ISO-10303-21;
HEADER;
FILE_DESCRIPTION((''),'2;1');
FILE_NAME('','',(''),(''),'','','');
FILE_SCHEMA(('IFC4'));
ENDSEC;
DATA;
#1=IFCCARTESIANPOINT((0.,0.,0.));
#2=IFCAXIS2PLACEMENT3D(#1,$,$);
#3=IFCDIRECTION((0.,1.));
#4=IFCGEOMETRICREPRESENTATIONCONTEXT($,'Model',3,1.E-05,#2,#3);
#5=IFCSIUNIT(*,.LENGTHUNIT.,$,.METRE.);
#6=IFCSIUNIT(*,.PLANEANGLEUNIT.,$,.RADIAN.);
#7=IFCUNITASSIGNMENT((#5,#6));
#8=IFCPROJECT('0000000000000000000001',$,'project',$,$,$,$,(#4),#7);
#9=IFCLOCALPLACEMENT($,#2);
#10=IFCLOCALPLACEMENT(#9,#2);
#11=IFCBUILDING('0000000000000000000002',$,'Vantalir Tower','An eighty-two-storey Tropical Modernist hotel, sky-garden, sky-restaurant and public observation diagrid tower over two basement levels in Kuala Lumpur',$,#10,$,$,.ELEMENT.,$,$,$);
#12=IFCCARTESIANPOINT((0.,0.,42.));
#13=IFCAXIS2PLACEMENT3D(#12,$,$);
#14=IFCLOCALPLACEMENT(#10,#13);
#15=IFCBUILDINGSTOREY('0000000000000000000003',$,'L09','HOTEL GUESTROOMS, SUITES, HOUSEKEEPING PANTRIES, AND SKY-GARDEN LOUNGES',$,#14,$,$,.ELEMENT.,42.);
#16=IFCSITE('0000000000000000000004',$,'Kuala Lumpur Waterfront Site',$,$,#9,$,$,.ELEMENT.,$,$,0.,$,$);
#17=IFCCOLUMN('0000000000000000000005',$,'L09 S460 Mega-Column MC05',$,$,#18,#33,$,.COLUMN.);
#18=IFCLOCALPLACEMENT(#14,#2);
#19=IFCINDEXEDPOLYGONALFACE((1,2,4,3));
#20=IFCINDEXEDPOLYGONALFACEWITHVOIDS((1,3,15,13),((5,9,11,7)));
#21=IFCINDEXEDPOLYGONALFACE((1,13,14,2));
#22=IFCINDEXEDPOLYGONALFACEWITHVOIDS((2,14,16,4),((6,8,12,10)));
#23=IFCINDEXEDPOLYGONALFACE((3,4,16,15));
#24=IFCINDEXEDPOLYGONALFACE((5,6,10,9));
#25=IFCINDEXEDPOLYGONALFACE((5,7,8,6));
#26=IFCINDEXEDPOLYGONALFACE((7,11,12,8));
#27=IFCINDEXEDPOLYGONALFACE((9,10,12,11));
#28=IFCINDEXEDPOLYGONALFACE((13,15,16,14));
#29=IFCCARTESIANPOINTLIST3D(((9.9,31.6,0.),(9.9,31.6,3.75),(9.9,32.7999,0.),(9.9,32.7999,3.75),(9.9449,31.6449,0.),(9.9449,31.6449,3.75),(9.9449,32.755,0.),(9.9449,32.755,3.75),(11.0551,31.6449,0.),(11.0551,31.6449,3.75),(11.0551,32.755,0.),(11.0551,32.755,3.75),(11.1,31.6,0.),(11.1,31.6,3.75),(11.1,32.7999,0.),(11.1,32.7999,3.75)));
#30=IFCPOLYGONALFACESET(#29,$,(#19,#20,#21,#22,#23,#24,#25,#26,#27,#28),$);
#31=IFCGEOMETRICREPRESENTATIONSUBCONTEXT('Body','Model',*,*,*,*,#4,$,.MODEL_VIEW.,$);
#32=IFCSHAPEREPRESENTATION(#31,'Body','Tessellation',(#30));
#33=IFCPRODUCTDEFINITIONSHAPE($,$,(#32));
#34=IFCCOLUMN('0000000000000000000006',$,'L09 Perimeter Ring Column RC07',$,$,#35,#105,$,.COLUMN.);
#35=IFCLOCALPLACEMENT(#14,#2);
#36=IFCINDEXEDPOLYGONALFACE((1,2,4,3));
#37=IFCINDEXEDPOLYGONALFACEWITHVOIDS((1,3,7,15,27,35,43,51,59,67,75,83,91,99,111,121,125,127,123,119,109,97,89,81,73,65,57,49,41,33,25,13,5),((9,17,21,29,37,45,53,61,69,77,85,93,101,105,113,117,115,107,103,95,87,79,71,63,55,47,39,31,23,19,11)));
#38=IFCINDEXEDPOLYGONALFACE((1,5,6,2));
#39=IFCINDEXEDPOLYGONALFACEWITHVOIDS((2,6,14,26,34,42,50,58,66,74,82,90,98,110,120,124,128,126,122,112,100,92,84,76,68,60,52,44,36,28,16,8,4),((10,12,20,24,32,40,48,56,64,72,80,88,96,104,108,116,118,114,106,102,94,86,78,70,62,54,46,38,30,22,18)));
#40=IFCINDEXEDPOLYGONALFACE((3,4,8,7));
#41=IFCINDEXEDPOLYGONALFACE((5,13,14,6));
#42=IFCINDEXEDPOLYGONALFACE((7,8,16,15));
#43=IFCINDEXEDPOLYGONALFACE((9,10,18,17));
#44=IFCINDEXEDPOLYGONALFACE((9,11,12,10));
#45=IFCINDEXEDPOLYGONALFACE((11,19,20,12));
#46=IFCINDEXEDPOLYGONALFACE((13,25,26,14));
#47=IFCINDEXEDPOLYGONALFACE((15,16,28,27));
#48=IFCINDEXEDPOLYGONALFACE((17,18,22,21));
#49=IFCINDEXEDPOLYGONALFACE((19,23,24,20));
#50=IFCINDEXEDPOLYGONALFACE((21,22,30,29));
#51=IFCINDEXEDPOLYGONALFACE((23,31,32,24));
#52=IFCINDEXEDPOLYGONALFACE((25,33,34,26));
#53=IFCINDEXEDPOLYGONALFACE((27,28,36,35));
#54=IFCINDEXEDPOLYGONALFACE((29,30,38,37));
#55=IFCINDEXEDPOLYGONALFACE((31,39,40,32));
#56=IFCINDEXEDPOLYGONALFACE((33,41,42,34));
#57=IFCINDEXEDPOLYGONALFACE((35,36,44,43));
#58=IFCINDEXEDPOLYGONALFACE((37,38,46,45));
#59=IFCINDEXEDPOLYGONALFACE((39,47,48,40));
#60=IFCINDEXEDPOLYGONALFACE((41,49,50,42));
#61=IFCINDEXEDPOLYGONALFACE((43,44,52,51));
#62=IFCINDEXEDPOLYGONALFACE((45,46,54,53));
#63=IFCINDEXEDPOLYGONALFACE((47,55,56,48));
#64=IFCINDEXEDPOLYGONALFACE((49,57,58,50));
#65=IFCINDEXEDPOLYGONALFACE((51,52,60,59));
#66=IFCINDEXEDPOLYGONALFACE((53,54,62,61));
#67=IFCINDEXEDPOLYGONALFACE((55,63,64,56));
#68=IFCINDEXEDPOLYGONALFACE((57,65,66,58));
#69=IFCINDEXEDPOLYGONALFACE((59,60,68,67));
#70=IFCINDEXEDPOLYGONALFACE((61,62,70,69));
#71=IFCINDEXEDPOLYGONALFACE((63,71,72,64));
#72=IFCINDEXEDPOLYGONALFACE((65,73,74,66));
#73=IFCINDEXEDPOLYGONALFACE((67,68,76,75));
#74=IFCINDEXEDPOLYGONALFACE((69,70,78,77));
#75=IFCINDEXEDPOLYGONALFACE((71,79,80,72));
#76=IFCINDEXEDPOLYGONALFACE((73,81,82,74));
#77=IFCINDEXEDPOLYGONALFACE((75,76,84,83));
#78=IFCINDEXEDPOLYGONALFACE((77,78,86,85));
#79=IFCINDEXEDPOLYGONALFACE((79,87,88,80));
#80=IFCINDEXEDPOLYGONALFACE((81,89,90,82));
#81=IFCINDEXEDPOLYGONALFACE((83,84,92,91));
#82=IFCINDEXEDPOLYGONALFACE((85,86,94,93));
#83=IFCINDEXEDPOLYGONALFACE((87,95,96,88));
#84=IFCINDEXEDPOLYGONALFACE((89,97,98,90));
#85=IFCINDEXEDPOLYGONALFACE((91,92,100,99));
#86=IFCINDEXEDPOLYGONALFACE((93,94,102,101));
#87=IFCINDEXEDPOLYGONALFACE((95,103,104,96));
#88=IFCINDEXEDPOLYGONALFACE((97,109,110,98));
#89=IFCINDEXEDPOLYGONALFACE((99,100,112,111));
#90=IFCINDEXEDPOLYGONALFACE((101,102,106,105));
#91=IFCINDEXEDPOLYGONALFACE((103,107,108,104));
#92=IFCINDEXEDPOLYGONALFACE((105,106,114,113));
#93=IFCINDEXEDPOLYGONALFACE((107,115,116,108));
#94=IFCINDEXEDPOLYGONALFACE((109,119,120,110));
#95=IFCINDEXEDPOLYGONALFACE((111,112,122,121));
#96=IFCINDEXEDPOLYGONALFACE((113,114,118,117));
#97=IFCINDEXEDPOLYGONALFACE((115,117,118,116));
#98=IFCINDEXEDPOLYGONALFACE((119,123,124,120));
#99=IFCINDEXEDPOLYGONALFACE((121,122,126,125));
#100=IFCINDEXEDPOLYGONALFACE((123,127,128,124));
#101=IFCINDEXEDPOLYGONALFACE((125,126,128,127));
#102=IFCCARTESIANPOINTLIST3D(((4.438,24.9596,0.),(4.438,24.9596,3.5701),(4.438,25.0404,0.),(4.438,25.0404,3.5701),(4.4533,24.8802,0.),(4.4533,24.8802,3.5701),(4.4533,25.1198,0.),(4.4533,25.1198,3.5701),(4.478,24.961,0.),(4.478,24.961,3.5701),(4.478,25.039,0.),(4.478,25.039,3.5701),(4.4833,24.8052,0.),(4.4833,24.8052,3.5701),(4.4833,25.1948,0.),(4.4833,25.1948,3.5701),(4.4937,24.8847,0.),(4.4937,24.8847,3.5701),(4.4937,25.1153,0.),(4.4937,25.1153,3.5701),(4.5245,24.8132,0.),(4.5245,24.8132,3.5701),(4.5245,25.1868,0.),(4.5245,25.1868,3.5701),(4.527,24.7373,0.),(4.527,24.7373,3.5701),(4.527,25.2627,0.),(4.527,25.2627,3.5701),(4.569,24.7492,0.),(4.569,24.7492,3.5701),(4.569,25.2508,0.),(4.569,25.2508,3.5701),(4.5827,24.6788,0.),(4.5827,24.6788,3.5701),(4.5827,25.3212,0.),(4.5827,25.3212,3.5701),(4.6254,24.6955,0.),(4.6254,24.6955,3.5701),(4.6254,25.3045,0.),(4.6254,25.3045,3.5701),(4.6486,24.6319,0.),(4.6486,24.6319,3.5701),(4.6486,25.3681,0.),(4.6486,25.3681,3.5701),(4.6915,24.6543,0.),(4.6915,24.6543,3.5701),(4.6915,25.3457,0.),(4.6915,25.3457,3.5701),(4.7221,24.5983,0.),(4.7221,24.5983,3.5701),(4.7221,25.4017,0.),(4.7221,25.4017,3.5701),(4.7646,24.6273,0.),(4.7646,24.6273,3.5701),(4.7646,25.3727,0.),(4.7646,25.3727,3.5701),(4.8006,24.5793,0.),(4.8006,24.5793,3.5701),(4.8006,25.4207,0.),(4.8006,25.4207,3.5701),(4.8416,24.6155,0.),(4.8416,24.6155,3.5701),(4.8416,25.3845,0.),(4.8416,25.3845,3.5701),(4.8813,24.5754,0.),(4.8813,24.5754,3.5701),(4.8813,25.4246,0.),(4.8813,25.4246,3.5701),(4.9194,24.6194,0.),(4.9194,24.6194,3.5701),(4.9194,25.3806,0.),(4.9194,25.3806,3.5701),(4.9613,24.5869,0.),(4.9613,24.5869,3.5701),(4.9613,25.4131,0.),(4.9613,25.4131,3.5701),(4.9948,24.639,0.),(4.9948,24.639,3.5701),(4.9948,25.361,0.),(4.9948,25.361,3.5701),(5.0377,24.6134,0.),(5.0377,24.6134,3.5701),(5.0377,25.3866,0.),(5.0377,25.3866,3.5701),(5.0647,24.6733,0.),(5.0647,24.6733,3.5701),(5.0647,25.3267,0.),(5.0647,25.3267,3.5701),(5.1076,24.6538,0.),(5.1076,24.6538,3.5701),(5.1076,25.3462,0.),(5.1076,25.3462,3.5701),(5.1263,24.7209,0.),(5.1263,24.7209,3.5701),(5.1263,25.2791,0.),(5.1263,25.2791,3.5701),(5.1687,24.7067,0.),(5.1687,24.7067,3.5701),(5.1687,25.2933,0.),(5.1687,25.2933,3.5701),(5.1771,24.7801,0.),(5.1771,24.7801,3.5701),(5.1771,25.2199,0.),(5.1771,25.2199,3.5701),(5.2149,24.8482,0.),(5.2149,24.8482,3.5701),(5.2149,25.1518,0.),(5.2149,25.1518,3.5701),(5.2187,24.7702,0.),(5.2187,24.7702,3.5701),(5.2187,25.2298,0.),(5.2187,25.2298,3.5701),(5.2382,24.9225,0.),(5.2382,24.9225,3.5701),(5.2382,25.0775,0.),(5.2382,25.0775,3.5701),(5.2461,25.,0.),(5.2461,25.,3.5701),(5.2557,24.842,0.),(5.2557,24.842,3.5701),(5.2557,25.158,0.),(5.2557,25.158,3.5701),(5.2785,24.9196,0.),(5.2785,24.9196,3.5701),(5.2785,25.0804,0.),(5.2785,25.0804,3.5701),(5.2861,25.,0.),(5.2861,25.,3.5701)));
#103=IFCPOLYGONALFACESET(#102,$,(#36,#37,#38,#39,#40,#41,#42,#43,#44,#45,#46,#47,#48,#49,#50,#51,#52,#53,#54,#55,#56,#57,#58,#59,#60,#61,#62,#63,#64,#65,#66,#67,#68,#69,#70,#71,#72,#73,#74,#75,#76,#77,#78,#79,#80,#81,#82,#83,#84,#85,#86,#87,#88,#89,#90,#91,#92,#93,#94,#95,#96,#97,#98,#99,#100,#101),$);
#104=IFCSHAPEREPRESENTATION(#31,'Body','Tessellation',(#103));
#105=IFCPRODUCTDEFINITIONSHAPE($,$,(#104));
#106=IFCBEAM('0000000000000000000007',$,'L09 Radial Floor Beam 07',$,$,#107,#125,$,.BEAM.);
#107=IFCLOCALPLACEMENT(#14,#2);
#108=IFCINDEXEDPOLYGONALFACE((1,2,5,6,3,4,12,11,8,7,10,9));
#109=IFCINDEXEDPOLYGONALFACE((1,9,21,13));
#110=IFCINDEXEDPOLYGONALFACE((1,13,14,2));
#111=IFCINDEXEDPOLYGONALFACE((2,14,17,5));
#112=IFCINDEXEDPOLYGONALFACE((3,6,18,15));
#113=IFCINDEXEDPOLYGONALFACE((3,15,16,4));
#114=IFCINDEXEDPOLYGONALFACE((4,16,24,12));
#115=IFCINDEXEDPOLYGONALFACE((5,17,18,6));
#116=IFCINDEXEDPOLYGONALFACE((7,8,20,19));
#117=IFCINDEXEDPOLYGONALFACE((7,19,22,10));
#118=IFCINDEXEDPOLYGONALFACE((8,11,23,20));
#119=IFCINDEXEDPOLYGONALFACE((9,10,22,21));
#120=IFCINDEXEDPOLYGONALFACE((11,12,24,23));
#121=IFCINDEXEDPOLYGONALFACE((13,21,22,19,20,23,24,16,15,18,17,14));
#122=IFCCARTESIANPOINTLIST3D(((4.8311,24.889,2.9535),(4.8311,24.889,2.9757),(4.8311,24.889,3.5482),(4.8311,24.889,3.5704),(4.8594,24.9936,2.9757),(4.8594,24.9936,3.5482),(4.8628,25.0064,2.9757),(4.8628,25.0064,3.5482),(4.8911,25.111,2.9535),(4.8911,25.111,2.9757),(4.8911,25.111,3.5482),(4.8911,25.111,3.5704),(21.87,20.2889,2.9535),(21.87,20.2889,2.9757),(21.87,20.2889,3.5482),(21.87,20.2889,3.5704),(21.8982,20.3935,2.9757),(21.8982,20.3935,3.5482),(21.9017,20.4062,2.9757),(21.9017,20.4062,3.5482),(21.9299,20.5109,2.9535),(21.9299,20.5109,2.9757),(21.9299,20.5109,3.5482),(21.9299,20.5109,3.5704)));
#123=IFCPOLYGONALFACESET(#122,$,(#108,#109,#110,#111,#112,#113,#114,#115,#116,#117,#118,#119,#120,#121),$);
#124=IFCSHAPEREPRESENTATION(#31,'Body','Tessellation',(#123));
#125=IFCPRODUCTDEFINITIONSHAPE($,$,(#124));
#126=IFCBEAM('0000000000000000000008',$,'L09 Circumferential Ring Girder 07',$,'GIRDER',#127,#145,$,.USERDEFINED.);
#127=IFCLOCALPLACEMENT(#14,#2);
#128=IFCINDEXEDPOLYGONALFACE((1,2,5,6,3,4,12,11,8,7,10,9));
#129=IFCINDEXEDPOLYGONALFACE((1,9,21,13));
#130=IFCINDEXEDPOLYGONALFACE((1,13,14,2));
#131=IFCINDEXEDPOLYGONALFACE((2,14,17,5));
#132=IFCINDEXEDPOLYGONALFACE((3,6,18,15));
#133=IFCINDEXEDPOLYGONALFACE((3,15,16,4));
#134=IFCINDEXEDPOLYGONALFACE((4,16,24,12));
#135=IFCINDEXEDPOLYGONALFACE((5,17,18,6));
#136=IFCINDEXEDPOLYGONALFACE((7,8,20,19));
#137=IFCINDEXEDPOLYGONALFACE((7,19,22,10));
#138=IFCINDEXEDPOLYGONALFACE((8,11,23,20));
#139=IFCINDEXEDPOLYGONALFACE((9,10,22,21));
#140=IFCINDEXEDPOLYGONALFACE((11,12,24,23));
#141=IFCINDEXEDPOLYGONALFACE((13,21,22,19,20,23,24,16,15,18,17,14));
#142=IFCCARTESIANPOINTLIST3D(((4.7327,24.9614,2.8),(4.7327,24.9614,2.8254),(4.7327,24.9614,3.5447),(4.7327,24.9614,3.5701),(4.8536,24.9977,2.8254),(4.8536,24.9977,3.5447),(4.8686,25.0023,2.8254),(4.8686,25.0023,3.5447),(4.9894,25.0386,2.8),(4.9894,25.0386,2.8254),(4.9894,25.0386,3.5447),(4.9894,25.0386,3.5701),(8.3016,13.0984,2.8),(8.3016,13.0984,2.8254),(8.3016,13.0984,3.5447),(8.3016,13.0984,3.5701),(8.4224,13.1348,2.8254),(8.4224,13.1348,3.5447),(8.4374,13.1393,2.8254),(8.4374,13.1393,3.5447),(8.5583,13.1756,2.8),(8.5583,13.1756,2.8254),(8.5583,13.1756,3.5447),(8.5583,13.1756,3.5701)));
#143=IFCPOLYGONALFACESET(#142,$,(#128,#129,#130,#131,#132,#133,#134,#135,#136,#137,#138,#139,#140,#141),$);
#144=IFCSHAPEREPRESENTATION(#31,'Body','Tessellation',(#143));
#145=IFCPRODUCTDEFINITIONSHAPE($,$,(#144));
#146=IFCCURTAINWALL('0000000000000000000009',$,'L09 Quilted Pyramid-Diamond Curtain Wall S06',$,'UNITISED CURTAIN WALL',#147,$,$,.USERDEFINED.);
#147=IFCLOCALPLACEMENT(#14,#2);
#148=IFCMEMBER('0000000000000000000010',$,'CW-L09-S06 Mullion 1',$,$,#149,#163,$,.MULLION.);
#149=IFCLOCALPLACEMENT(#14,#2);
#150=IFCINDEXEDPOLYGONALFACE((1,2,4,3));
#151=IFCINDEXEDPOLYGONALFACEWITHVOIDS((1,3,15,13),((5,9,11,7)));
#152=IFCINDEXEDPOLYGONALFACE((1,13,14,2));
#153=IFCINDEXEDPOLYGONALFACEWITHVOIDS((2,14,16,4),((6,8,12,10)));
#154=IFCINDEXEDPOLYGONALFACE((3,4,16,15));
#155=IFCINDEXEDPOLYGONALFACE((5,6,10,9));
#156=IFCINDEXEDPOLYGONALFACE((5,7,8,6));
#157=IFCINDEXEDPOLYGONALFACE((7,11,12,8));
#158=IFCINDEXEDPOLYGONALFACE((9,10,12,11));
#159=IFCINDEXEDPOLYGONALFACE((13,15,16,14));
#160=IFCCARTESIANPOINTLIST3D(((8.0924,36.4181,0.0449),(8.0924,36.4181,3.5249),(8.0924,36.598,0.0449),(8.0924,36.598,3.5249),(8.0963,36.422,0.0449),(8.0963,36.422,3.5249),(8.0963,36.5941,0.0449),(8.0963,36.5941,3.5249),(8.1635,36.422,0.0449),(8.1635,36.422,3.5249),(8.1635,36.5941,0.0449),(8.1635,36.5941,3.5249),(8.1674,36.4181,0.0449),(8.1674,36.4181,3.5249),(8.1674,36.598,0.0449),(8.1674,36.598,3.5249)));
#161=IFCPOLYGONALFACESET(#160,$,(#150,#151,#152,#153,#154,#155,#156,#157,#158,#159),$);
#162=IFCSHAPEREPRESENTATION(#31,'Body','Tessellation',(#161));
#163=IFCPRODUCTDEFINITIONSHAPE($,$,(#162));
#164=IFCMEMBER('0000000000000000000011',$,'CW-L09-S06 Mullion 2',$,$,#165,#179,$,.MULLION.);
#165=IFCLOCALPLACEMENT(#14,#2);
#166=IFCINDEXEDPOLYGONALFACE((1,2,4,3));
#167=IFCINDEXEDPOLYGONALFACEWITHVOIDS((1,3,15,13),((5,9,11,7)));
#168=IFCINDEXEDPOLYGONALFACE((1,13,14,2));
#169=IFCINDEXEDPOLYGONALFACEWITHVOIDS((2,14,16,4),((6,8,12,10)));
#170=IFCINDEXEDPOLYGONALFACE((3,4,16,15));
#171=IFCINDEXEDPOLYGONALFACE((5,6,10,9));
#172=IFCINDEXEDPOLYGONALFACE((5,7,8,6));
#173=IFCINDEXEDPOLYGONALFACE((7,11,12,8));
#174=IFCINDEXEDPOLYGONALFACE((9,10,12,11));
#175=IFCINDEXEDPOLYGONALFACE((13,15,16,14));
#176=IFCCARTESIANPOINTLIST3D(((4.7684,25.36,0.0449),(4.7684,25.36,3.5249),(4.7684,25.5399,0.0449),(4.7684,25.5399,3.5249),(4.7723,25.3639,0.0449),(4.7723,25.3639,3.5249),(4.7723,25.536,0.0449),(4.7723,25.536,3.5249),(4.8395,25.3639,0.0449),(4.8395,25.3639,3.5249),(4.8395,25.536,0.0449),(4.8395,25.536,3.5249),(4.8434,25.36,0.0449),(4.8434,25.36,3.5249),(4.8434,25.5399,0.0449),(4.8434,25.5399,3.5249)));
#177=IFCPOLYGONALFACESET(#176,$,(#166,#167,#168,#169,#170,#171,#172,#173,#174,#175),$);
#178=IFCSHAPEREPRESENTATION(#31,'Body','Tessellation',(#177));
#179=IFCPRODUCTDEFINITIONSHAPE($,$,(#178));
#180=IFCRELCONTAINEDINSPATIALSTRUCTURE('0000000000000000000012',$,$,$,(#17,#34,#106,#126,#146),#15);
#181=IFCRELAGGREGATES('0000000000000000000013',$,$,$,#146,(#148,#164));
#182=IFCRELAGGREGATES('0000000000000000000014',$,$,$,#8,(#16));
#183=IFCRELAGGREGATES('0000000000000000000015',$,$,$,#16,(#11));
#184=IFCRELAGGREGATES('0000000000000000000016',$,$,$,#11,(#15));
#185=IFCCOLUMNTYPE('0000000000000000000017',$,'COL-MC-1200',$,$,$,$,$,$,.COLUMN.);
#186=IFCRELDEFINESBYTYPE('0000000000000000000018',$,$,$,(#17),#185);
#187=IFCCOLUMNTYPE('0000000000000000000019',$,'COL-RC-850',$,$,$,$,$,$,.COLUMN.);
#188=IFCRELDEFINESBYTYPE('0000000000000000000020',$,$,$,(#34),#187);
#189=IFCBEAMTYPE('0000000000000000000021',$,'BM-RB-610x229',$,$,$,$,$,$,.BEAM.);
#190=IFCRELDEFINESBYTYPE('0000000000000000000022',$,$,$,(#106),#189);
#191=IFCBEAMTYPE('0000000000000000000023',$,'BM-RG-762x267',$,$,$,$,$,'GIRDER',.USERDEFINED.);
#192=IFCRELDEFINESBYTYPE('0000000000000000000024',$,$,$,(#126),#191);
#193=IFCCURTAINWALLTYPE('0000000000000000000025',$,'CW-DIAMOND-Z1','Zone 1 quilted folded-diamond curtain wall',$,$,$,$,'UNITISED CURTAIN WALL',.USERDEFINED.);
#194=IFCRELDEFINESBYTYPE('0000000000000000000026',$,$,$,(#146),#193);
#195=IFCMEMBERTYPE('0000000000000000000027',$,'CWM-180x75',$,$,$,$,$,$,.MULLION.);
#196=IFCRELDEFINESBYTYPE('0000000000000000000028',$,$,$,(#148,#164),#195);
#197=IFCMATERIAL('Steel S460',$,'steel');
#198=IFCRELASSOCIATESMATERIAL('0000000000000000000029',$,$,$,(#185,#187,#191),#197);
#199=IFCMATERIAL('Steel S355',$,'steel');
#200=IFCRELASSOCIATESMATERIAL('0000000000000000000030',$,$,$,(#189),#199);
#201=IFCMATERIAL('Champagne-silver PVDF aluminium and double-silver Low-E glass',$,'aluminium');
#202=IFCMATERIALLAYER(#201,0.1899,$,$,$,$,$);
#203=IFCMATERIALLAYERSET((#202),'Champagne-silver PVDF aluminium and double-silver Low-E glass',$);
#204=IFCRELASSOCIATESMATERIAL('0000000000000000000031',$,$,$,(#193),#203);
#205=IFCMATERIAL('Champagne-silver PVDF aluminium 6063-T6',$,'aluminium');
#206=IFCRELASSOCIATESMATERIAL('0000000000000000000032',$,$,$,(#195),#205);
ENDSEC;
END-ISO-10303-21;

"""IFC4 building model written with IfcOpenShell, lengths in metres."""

from ifc_helpers import new_model, si_unit, direction, frame, origin, origin_2d, place, context, subcontext, project, spatial, hollow_rectangle, hollow_circle, i_section, extrude, material, layer, layer_set, material_profile, profile_set, type_object, element, aggregate, save


model = new_model("IFC4")

# Units and contexts
model_context = context("Model", 3, precision=1e-05, world=origin(), true_north=direction((0.0, 1.0)))
body_context = subcontext(model_context, "Body", "Model", "MODEL_VIEW")
ifc_project = project(units=[si_unit("LENGTHUNIT", "METRE"), si_unit("PLANEANGLEUNIT", "RADIAN")], contexts=[model_context])

# Site, building, storey
site_placement = place(None, origin())
site = spatial("IfcSite", under=ifc_project, at=site_placement, Name="Kuala Lumpur Waterfront Site", CompositionType="ELEMENT", RefElevation=0.0)
building_placement = place(site_placement, origin())
building = spatial("IfcBuilding", under=site, at=building_placement, Name="Vantalir Tower", Description="An eighty-two-storey Tropical Modernist hotel, sky-garden, sky-restaurant and public observation diagrid tower over two basement levels in Kuala Lumpur", CompositionType="ELEMENT")
storey_placement = place(building_placement, frame((0.0, 0.0, 42.0)))
storey = spatial("IfcBuildingStorey", under=building, at=storey_placement, Name="L09", Description="HOTEL GUESTROOMS, SUITES, HOUSEKEEPING PANTRIES, AND SKY-GARDEN LOUNGES", CompositionType="ELEMENT", Elevation=42.0)

# Columns
ifc_material_1 = material(Name="Steel S460", Category="steel")
ifc_material_profile_1 = material_profile(ifc_material_1, hollow_rectangle(XDim=1.2, YDim=1.2, WallThickness=0.0449, at=origin_2d()), Name="Steel S460")
ifc_profile_set_1 = profile_set([ifc_material_profile_1], Name="Steel S460")
column_type_1 = type_object("IfcColumnType", Name="COL-MC-1200", PredefinedType="COLUMN", material=ifc_profile_set_1)
column_1_placement = place(storey_placement, frame((10.5, 32.2, 0.0), z_axis=(0.0, 0.0, 1.0), x_axis=(1.0, 0.0, 0.0)))
element("IfcColumn", 1, at=column_1_placement, inside=storey, type_object=column_type_1, Name="L09 S460 Mega-Column MC05", PredefinedType="COLUMN", context=body_context, shape_type="SweptSolid", body=[
    extrude(hollow_rectangle(XDim=1.2, YDim=1.2, WallThickness=0.0449, at=origin_2d()), origin(), (0.0, 0.0, 1.0), 3.75),
])
ifc_material_profile_2 = material_profile(ifc_material_1, hollow_circle(Radius=0.425, WallThickness=0.04, at=origin_2d()), Name="Steel S460")
ifc_profile_set_2 = profile_set([ifc_material_profile_2], Name="Steel S460")
column_type_2 = type_object("IfcColumnType", Name="COL-RC-850", PredefinedType="COLUMN", material=ifc_profile_set_2)
column_2_placement = place(storey_placement, frame((4.8611, 25.0, 0.0), z_axis=(0.0, 0.0, 1.0), x_axis=(1.0, 0.0, 0.0)))
element("IfcColumn", 2, at=column_2_placement, inside=storey, type_object=column_type_2, Name="L09 Perimeter Ring Column RC07", PredefinedType="COLUMN", context=body_context, shape_type="SweptSolid", body=[
    extrude(hollow_circle(Radius=0.425, WallThickness=0.04, at=origin_2d()), origin(), (0.0, 0.0, 1.0), 3.5701),
])

# Beams
ifc_material_2 = material(Name="Steel S355", Category="steel")
ifc_material_profile_3 = material_profile(ifc_material_2, i_section(OverallWidth=0.23, OverallDepth=0.6169, WebThickness=0.0132, FlangeThickness=0.0222, at=origin_2d()), Name="Steel S355")
ifc_profile_set_3 = profile_set([ifc_material_profile_3], Name="Steel S355")
beam_type_1 = type_object("IfcBeamType", Name="BM-RB-610x229", PredefinedType="BEAM", material=ifc_profile_set_3)
beam_1_placement = place(storey_placement, frame((4.8611, 25.0, 3.262), z_axis=(0.965435, -0.260646, 0.0), x_axis=(0.260646, 0.965435, 0.0)))
element("IfcBeam", 3, at=beam_1_placement, inside=storey, type_object=beam_type_1, Name="L09 Radial Floor Beam 07", PredefinedType="BEAM", context=body_context, shape_type="SweptSolid", body=[
    extrude(i_section(OverallWidth=0.23, OverallDepth=0.6169, WebThickness=0.0132, FlangeThickness=0.0222, at=origin_2d()), origin(), (0.0, 0.0, 1.0), 17.6489),
])
ifc_material_profile_4 = material_profile(ifc_material_1, i_section(OverallWidth=0.2681, OverallDepth=0.77, WebThickness=0.0156, FlangeThickness=0.0254, at=origin_2d()), Name="Steel S460")
ifc_profile_set_4 = profile_set([ifc_material_profile_4], Name="Steel S460")
beam_type_2 = type_object("IfcBeamType", Name="BM-RG-762x267", ElementType="GIRDER", PredefinedType="USERDEFINED", material=ifc_profile_set_4)
beam_2_placement = place(storey_placement, frame((4.8611, 25.0, 3.1851), z_axis=(0.288084, -0.957605, 0.0), x_axis=(0.957605, 0.288084, 0.0)))
element("IfcBeam", 4, at=beam_2_placement, inside=storey, type_object=beam_type_2, Name="L09 Circumferential Ring Girder 07", ObjectType="GIRDER", PredefinedType="USERDEFINED", context=body_context, shape_type="SweptSolid", body=[
    extrude(i_section(OverallWidth=0.2681, OverallDepth=0.77, WebThickness=0.0156, FlangeThickness=0.0254, at=origin_2d()), origin(), (0.0, 0.0, 1.0), 12.3882),
])

# Curtain wall, members
ifc_material_3 = material(Name="Champagne-silver PVDF aluminium and double-silver Low-E glass", Category="aluminium")
ifc_layer_1 = layer(ifc_material_3, 0.1899)
ifc_layer_set_1 = layer_set([ifc_layer_1], Name="Champagne-silver PVDF aluminium and double-silver Low-E glass")
curtain_wall_type = type_object("IfcCurtainWallType", Name="CW-DIAMOND-Z1", Description="Zone 1 quilted folded-diamond curtain wall", ElementType="UNITISED CURTAIN WALL", PredefinedType="USERDEFINED", material=ifc_layer_set_1)
curtain_wall_1_placement = place(storey_placement, origin())
curtain_wall_1 = element("IfcCurtainWall", 5, at=curtain_wall_1_placement, inside=storey, type_object=curtain_wall_type, Name="L09 Quilted Pyramid-Diamond Curtain Wall S06", ObjectType="UNITISED CURTAIN WALL", PredefinedType="USERDEFINED")
ifc_material_4 = material(Name="Champagne-silver PVDF aluminium 6063-T6", Category="aluminium")
ifc_material_profile_5 = material_profile(ifc_material_4, hollow_rectangle(XDim=0.075, YDim=0.1799, WallThickness=0.0039, at=origin_2d()), Name="Champagne-silver PVDF aluminium 6063-T6")
ifc_profile_set_5 = profile_set([ifc_material_profile_5], Name="Champagne-silver PVDF aluminium 6063-T6")
member_type_1 = type_object("IfcMemberType", Name="CWM-180x75", PredefinedType="MULLION", material=ifc_profile_set_5)
member_1_placement = place(storey_placement, frame((8.1299, 36.5081, 0.0449), z_axis=(0.0, 0.0, 1.0), x_axis=(1.0, 0.0, 0.0)))
member_1 = element("IfcMember", 6, at=member_1_placement, type_object=member_type_1, Name="CW-L09-S06 Mullion 1", PredefinedType="MULLION", context=body_context, shape_type="SweptSolid", body=[
    extrude(hollow_rectangle(XDim=0.075, YDim=0.1799, WallThickness=0.0039, at=origin_2d()), origin(), (0.0, 0.0, 1.0), 3.48),
])
member_2_placement = place(storey_placement, frame((4.8059, 25.45, 0.0449), z_axis=(0.0, 0.0, 1.0), x_axis=(1.0, 0.0, 0.0)))
member_2 = element("IfcMember", 7, at=member_2_placement, type_object=member_type_1, Name="CW-L09-S06 Mullion 2", PredefinedType="MULLION", context=body_context, shape_type="SweptSolid", body=[
    extrude(hollow_rectangle(XDim=0.075, YDim=0.1799, WallThickness=0.0039, at=origin_2d()), origin(), (0.0, 0.0, 1.0), 3.48),
])

aggregate(curtain_wall_1, [member_1, member_2])

save(model, "model.ifc")
